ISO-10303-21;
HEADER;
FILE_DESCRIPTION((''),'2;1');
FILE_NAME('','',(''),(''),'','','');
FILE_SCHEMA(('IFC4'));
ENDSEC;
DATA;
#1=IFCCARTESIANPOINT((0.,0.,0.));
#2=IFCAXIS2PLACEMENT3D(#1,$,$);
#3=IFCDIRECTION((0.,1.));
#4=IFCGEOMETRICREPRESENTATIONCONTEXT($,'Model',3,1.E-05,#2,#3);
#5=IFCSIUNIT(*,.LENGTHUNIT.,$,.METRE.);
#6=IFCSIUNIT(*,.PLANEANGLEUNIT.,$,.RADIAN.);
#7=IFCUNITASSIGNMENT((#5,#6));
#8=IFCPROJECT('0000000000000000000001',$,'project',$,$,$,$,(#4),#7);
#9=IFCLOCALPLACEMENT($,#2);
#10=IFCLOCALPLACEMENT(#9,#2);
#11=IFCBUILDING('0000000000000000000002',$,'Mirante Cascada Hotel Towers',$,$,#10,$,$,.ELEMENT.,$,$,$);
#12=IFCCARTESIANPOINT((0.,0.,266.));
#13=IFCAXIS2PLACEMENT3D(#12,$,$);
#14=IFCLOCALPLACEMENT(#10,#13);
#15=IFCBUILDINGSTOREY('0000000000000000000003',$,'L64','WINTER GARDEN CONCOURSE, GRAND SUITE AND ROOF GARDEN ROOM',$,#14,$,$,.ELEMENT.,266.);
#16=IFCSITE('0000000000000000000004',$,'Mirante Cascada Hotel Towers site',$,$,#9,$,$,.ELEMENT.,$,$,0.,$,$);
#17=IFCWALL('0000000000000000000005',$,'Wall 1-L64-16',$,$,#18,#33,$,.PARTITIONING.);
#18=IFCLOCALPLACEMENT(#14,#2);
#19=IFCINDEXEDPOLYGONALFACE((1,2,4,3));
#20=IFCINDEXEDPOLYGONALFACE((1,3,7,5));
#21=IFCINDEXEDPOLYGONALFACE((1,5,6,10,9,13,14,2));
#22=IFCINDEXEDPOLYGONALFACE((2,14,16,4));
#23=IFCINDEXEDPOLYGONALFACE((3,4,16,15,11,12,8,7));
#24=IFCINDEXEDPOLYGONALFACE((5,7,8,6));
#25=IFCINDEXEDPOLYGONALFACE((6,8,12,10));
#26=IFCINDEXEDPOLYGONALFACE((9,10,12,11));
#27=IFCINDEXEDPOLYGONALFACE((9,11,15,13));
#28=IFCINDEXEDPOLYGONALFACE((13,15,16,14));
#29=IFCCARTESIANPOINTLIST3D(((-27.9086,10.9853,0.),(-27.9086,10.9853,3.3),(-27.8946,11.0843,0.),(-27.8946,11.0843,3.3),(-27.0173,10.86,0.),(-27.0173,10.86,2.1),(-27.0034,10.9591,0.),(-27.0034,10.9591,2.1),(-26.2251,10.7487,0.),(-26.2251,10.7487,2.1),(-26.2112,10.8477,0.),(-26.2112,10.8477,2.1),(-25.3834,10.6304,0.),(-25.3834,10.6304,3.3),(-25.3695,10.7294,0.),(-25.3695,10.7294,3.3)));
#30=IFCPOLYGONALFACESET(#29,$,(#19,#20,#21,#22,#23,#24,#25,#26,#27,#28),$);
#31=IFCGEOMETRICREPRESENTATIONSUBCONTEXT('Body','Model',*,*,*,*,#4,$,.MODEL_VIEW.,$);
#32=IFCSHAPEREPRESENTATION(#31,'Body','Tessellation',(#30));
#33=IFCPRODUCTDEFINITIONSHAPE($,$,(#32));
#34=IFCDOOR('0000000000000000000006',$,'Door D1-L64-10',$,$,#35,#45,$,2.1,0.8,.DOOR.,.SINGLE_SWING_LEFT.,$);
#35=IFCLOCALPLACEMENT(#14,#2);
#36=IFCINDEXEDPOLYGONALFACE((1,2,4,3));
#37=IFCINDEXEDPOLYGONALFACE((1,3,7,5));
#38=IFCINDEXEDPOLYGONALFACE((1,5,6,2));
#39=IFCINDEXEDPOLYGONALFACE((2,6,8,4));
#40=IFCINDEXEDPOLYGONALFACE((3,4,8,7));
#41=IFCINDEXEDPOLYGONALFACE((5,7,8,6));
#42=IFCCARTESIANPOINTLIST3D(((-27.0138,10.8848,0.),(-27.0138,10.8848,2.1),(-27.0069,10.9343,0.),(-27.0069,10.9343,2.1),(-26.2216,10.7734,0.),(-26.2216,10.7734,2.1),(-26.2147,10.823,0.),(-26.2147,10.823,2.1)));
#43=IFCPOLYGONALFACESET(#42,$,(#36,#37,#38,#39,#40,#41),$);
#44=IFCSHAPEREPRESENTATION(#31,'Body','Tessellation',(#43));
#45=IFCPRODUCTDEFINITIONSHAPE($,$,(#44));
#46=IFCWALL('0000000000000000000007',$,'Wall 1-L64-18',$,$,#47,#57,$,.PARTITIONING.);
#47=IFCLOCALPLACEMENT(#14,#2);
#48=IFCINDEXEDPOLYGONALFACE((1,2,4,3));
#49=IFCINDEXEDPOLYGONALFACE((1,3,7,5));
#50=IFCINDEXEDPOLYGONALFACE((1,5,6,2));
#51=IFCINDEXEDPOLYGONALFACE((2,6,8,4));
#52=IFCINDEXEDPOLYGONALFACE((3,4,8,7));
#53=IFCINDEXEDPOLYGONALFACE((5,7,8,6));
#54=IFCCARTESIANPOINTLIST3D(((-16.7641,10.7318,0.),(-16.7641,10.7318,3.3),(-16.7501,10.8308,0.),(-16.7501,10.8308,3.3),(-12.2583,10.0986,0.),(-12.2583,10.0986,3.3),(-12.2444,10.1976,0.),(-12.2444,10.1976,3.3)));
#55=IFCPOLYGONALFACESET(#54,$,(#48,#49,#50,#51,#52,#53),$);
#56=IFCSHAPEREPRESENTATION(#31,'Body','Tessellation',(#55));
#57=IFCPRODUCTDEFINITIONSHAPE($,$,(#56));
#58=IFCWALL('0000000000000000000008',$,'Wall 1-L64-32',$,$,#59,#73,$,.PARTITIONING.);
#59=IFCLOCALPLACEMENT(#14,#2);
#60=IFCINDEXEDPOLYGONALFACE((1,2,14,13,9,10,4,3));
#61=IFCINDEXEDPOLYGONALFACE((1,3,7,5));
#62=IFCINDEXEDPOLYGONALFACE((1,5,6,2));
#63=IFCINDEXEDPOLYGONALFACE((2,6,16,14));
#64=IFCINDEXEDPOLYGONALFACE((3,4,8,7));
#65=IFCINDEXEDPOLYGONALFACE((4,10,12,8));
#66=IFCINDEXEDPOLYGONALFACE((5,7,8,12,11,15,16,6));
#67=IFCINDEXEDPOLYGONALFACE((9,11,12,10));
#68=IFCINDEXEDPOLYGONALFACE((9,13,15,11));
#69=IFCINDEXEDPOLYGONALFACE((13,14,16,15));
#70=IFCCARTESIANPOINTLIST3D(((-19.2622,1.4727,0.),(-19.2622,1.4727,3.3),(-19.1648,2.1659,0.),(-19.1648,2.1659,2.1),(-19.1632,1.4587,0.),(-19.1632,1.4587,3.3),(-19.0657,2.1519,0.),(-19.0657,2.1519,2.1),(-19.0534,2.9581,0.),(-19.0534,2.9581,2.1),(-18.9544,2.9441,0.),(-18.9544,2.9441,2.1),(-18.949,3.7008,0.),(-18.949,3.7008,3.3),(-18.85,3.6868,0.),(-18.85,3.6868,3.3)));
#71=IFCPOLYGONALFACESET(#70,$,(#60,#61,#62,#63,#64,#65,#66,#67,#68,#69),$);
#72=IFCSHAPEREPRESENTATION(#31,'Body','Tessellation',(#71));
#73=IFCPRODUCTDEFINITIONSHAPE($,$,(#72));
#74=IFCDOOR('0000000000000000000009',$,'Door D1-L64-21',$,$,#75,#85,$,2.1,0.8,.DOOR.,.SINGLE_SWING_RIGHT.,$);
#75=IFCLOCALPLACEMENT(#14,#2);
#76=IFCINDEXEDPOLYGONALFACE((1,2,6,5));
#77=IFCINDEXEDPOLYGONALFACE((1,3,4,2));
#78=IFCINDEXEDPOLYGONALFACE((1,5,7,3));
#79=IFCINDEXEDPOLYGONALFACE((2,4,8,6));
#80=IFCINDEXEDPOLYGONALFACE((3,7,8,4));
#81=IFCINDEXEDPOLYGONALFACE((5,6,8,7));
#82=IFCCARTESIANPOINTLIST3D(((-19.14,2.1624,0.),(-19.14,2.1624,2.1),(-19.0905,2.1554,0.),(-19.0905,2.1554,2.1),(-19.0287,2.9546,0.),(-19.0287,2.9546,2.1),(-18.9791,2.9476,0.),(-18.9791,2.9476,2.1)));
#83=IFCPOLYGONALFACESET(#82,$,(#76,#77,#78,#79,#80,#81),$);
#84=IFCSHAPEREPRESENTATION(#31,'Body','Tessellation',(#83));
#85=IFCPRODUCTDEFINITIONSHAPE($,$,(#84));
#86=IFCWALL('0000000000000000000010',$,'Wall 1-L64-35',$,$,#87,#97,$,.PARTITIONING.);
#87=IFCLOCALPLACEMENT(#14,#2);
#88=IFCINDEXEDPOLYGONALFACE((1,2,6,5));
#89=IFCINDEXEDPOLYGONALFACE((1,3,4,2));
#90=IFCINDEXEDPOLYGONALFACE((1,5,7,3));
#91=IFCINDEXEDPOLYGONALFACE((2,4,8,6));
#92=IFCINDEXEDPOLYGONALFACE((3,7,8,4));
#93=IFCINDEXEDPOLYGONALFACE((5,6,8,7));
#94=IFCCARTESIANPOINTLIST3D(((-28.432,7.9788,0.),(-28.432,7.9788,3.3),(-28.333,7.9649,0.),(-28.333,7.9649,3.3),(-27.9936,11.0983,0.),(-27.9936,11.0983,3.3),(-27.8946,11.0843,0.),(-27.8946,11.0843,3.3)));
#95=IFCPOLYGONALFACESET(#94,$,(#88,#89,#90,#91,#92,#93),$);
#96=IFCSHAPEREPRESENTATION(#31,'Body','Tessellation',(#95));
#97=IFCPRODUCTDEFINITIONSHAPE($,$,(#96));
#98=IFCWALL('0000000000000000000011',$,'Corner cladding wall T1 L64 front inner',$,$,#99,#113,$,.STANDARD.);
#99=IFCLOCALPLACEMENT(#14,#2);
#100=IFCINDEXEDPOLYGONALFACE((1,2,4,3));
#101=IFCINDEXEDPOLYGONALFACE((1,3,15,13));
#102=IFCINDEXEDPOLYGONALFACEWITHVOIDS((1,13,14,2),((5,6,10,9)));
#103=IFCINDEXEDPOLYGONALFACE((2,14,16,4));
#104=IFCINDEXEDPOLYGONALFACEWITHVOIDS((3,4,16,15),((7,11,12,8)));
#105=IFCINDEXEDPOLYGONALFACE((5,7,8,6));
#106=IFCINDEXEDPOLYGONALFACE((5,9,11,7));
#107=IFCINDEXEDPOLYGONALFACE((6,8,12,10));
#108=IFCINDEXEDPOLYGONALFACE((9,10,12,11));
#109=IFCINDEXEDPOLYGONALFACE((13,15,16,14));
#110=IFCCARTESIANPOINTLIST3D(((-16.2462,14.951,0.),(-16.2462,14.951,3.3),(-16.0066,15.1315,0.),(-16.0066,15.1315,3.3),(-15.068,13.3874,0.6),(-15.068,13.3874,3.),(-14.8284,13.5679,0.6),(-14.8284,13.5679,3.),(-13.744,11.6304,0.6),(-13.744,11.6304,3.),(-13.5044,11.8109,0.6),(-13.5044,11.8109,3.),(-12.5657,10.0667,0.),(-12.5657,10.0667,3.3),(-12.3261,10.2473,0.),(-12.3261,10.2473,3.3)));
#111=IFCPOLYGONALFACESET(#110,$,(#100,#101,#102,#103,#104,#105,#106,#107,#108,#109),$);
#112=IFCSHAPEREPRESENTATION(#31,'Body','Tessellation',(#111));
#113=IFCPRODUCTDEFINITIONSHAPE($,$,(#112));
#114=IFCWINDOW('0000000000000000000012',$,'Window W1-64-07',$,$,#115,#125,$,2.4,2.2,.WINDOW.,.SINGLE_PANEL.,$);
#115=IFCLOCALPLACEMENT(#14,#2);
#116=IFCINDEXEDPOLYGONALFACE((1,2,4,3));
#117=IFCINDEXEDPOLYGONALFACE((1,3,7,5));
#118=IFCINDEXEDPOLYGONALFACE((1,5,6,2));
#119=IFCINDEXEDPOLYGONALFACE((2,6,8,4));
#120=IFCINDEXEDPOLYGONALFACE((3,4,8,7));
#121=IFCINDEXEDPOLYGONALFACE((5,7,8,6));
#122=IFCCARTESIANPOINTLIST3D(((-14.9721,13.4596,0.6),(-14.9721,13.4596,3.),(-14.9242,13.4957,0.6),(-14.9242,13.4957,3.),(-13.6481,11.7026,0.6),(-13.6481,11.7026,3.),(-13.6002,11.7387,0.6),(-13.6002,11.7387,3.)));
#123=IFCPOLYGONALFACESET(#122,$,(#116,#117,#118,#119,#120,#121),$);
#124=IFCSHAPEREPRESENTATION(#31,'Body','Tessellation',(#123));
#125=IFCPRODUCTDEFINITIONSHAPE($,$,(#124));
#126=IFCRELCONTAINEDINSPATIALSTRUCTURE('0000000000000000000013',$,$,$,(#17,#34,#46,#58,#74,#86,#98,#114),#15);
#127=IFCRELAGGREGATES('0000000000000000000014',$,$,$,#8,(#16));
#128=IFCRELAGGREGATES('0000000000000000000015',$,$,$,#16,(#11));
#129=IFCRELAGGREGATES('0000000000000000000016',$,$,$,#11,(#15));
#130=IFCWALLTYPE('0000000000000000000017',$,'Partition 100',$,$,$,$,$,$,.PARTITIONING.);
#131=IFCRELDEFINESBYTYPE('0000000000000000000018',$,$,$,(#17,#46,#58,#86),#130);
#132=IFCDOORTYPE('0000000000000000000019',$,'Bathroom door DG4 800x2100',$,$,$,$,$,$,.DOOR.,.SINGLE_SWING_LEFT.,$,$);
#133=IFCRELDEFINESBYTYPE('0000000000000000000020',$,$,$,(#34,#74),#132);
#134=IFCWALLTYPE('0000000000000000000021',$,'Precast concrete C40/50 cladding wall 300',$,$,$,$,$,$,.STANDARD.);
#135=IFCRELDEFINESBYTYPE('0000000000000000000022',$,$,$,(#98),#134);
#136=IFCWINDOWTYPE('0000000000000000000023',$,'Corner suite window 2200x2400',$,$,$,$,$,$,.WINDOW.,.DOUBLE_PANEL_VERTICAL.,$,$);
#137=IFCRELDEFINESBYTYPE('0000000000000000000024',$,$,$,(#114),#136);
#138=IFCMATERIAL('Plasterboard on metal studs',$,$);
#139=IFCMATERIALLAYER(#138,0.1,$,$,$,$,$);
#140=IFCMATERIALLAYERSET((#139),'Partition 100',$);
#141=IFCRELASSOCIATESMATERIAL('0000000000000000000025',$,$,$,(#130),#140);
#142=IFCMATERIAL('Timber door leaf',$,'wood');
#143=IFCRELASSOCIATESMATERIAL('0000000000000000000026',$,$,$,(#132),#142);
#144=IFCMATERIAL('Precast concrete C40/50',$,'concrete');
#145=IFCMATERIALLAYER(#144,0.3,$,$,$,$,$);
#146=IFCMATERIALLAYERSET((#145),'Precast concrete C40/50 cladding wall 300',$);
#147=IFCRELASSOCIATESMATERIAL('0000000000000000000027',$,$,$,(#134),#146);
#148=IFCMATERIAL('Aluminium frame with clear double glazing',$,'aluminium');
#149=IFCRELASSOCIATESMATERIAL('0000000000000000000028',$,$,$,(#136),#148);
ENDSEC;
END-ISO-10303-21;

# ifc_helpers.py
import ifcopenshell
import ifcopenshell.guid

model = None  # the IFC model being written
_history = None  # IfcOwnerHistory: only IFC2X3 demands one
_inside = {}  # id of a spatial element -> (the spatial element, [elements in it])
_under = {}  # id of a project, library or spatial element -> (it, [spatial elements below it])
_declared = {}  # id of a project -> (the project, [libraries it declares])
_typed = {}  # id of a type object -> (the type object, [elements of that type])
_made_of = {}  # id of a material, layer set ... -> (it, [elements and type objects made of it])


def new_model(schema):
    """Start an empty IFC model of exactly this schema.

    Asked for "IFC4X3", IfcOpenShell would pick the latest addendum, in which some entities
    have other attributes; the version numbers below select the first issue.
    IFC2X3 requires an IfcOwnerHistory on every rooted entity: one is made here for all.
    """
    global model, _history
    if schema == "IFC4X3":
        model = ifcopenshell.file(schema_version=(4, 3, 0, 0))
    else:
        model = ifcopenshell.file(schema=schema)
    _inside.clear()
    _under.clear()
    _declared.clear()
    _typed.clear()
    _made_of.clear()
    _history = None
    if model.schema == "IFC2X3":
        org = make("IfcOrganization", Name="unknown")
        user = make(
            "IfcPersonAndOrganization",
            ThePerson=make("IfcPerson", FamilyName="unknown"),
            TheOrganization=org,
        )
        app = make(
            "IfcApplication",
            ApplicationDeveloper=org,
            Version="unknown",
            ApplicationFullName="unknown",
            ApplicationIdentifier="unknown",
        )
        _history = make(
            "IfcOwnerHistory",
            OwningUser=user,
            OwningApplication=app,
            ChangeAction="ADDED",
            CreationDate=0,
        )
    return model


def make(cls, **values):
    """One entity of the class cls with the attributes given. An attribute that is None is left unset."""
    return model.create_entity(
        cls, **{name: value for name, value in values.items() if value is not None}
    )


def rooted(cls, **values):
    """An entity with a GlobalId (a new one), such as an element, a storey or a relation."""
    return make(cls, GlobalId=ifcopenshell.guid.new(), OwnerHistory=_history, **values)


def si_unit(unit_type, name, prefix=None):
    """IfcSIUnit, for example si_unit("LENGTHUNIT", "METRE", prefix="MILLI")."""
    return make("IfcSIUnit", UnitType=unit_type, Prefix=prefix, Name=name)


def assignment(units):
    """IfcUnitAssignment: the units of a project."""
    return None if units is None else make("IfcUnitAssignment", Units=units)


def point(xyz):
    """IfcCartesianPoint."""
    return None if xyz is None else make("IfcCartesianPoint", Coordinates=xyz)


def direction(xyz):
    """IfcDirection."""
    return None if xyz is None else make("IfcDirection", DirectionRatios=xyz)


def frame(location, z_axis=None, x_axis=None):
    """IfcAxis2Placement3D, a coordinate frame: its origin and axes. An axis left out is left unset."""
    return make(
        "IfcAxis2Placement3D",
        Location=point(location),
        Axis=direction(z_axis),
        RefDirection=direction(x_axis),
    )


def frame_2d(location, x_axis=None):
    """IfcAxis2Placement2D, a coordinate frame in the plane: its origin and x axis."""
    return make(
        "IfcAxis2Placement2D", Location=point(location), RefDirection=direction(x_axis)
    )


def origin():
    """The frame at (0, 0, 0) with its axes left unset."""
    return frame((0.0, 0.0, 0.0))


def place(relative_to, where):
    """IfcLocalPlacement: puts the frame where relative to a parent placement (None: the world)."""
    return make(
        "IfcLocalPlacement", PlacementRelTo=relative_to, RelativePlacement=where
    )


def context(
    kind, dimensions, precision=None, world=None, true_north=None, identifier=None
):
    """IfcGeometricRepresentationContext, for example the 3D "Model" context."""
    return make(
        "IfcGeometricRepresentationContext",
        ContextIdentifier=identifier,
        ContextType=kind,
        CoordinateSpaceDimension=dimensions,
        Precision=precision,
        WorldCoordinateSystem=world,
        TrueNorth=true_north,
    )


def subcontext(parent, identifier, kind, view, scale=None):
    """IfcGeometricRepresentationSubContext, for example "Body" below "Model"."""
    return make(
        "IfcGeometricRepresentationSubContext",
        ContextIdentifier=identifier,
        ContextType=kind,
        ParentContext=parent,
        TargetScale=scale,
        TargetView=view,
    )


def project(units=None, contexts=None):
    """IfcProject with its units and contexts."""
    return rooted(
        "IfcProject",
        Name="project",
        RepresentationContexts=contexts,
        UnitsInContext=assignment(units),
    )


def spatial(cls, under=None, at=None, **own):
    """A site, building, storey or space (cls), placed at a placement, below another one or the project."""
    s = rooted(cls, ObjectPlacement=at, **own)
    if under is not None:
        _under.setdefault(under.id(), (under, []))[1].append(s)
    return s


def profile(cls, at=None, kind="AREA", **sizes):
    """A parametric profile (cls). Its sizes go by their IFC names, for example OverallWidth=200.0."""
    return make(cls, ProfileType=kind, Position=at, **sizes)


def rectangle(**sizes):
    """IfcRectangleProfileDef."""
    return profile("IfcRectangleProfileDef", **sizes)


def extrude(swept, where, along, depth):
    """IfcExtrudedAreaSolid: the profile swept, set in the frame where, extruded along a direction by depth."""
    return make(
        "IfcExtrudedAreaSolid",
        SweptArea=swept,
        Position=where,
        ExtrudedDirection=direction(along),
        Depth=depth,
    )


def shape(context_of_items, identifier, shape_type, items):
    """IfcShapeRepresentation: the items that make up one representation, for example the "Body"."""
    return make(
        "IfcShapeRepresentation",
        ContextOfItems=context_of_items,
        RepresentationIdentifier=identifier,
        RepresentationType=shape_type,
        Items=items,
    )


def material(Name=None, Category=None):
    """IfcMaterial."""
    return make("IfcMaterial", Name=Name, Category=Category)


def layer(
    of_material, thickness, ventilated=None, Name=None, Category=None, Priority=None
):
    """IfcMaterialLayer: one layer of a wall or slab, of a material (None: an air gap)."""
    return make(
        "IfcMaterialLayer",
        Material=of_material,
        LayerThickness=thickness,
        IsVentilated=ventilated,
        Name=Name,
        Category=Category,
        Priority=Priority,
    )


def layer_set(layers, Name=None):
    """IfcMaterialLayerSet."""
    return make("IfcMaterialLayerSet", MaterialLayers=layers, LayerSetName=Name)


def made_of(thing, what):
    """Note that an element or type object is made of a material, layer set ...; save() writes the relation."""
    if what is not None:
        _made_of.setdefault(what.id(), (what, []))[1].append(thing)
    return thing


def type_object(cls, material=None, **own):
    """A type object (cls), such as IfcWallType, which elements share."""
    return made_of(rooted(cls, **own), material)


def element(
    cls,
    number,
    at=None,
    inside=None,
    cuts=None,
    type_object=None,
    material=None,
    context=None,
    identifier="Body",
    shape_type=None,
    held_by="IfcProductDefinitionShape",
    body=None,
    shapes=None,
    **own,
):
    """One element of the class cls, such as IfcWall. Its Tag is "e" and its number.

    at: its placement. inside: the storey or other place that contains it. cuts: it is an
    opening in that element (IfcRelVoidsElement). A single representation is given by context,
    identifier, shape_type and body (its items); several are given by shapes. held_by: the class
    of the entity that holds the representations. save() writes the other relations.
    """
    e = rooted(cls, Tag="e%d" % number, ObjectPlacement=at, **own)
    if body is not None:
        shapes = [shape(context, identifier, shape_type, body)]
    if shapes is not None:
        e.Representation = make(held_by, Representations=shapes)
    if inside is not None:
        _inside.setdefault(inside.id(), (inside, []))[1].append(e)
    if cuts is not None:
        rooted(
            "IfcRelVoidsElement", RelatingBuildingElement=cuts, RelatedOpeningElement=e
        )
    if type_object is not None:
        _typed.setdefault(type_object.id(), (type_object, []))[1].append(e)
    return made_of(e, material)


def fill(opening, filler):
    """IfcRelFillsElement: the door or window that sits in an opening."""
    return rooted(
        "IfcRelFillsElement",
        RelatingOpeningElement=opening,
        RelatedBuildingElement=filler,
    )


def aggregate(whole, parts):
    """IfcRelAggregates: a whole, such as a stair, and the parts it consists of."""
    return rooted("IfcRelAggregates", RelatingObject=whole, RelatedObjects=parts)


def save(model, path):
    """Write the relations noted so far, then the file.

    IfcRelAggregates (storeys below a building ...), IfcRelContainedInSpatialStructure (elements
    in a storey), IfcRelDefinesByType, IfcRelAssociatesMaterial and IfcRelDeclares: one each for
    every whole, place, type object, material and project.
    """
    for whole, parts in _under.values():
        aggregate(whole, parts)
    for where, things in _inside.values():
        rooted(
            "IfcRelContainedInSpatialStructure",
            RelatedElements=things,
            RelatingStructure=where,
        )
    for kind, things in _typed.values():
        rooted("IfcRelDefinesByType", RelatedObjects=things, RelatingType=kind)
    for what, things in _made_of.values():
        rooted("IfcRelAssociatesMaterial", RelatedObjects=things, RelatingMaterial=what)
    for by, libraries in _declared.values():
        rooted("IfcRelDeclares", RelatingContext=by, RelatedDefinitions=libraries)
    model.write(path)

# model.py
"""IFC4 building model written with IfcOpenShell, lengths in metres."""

from ifc_helpers import new_model, si_unit, direction, frame, frame_2d, origin, place, context, subcontext, project, spatial, rectangle, extrude, material, layer, layer_set, type_object, element, fill, save


model = new_model("IFC4")

# Units and contexts
model_context = context("Model", 3, precision=1e-05, world=origin(), true_north=direction((0.0, 1.0)))
body_context = subcontext(model_context, "Body", "Model", "MODEL_VIEW")
ifc_project = project(units=[si_unit("LENGTHUNIT", "METRE"), si_unit("PLANEANGLEUNIT", "RADIAN")], contexts=[model_context])

# Site, building, storey
site_placement = place(None, origin())
site = spatial("IfcSite", under=ifc_project, at=site_placement, Name="Mirante Cascada Hotel Towers site", CompositionType="ELEMENT", RefElevation=0.0)
building_placement = place(site_placement, origin())
building = spatial("IfcBuilding", under=site, at=building_placement, Name="Mirante Cascada Hotel Towers", CompositionType="ELEMENT")
storey_placement = place(building_placement, frame((0.0, 0.0, 266.0)))
storey = spatial("IfcBuildingStorey", under=building, at=storey_placement, Name="L64", Description="WINTER GARDEN CONCOURSE, GRAND SUITE AND ROOF GARDEN ROOM", CompositionType="ELEMENT", Elevation=266.0)

# Shared definitions
ifc_material_1 = material(Name="Plasterboard on metal studs")
ifc_layer_1 = layer(ifc_material_1, 0.1)
ifc_layer_set_1 = layer_set([ifc_layer_1], Name="Partition 100")
wall_type_1 = type_object("IfcWallType", Name="Partition 100", PredefinedType="PARTITIONING", material=ifc_layer_set_1)

# Wall, opening, door
wall_1_placement = place(storey_placement, frame((-27.9016, 11.0348, 0.0), z_axis=(0.0, 0.0, 1.0), x_axis=(0.990268, -0.139176, 0.0)))
wall_1 = element("IfcWall", 1, at=wall_1_placement, inside=storey, type_object=wall_type_1, Name="Wall 1-L64-16", PredefinedType="PARTITIONING", context=body_context, shape_type="SweptSolid", body=[
    extrude(rectangle(XDim=2.55, YDim=0.1, at=frame_2d((1.275, 0.0))), origin(), (0.0, 0.0, 1.0), 3.3),
])
opening_1_placement = place(wall_1_placement, frame((0.9, 0.0, 0.0)))
opening_1 = element("IfcOpeningElement", 2, at=opening_1_placement, cuts=wall_1, PredefinedType="OPENING", context=body_context, shape_type="SweptSolid", body=[
    extrude(rectangle(XDim=0.8, YDim=2.1, at=frame_2d((0.4, 1.05))), frame((0.0, 0.05, 0.0), z_axis=(0.0, -1.0, 0.0), x_axis=(1.0, 0.0, 0.0)), (0.0, 0.0, 1.0), 0.1),
])
ifc_material_2 = material(Name="Timber door leaf", Category="wood")
door_type = type_object("IfcDoorType", Name="Bathroom door DG4 800x2100", OperationType="SINGLE_SWING_LEFT", PredefinedType="DOOR", material=ifc_material_2)
door_1_placement = place(opening_1_placement, origin())
door_1 = element("IfcDoor", 3, at=door_1_placement, inside=storey, type_object=door_type, Name="Door D1-L64-10", OperationType="SINGLE_SWING_LEFT", OverallHeight=2.1, OverallWidth=0.8, PredefinedType="DOOR", context=body_context, shape_type="SweptSolid", body=[
    extrude(rectangle(XDim=0.8, YDim=2.1, at=frame_2d((0.4, 1.05))), frame((0.0, 0.025, 0.0), z_axis=(0.0, -1.0, 0.0), x_axis=(1.0, 0.0, 0.0)), (0.0, 0.0, 1.0), 0.05),
])
fill(opening_1, door_1)

# Wall
wall_2_placement = place(storey_placement, frame((-16.7571, 10.7813, 0.0), z_axis=(0.0, 0.0, 1.0), x_axis=(0.990269, -0.139166, 0.0)))
element("IfcWall", 4, at=wall_2_placement, inside=storey, type_object=wall_type_1, Name="Wall 1-L64-18", PredefinedType="PARTITIONING", context=body_context, shape_type="SweptSolid", body=[
    extrude(rectangle(XDim=4.55, YDim=0.1, at=frame_2d((2.275, 0.0))), origin(), (0.0, 0.0, 1.0), 3.3),
])

# Wall, opening, door
wall_3_placement = place(storey_placement, frame((-18.8995, 3.6938, 0.0), z_axis=(0.0, 0.0, 1.0), x_axis=(-0.1392, -0.990264, 0.0)))
wall_3 = element("IfcWall", 5, at=wall_3_placement, inside=storey, type_object=wall_type_1, Name="Wall 1-L64-32", PredefinedType="PARTITIONING", context=body_context, shape_type="SweptSolid", body=[
    extrude(rectangle(XDim=2.25, YDim=0.1, at=frame_2d((1.125, 0.0))), origin(), (0.0, 0.0, 1.0), 3.3),
])
opening_2_placement = place(wall_3_placement, frame((0.75, 0.0, 0.0)))
opening_2 = element("IfcOpeningElement", 6, at=opening_2_placement, cuts=wall_3, PredefinedType="OPENING", context=body_context, shape_type="SweptSolid", body=[
    extrude(rectangle(XDim=0.8, YDim=2.1, at=frame_2d((0.4, 1.05))), frame((0.0, 0.05, 0.0), z_axis=(0.0, -1.0, 0.0), x_axis=(1.0, 0.0, 0.0)), (0.0, 0.0, 1.0), 0.1),
])
door_2_placement = place(opening_2_placement, frame((0.8, 0.0, 0.0), z_axis=(0.0, 0.0, 1.0), x_axis=(-1.0, 0.0, 0.0)))
door_2 = element("IfcDoor", 7, at=door_2_placement, inside=storey, type_object=door_type, Name="Door D1-L64-21", OperationType="SINGLE_SWING_RIGHT", OverallHeight=2.1, OverallWidth=0.8, PredefinedType="DOOR", context=body_context, shape_type="SweptSolid", body=[
    extrude(rectangle(XDim=0.8, YDim=2.1, at=frame_2d((0.4, 1.05))), frame((0.0, 0.025, 0.0), z_axis=(0.0, -1.0, 0.0), x_axis=(1.0, 0.0, 0.0)), (0.0, 0.0, 1.0), 0.05),
])
fill(opening_2, door_2)

# Wall
wall_4_placement = place(storey_placement, frame((-28.3825, 7.9719, 0.0), z_axis=(0.0, 0.0, 1.0), x_axis=(0.139172, 0.990268, 0.0)))
element("IfcWall", 8, at=wall_4_placement, inside=storey, type_object=wall_type_1, Name="Wall 1-L64-35", PredefinedType="PARTITIONING", context=body_context, shape_type="SweptSolid", body=[
    extrude(rectangle(XDim=3.1501, YDim=0.1, at=frame_2d((1.575, 0.0))), origin(), (0.0, 0.0, 1.0), 3.3),
])

# Wall, opening, window
ifc_material_3 = material(Name="Precast concrete C40/50", Category="concrete")
ifc_layer_2 = layer(ifc_material_3, 0.3)
ifc_layer_set_2 = layer_set([ifc_layer_2], Name="Precast concrete C40/50 cladding wall 300")
wall_type_2 = type_object("IfcWallType", Name="Precast concrete C40/50 cladding wall 300", PredefinedType="STANDARD", material=ifc_layer_set_2)
wall_5_placement = place(storey_placement, frame((-16.1264, 15.0412, 0.0), z_axis=(0.0, 0.0, 1.0), x_axis=(0.601814, -0.798636, 0.0)))
wall_5 = element("IfcWall", 9, at=wall_5_placement, inside=storey, type_object=wall_type_2, Name="Corner cladding wall T1 L64 front inner", PredefinedType="STANDARD", context=body_context, shape_type="SweptSolid", body=[
    extrude(rectangle(XDim=6.1157, YDim=0.3, at=frame_2d((3.0578, 0.0))), origin(), (0.0, 0.0, 1.0), 3.3),
])
opening_3_placement = place(wall_5_placement, frame((1.9578, 0.0, 0.6)))
opening_3 = element("IfcOpeningElement", 10, at=opening_3_placement, cuts=wall_5, PredefinedType="OPENING", context=body_context, shape_type="SweptSolid", body=[
    extrude(rectangle(XDim=2.2, YDim=2.4, at=frame_2d((1.1, 1.2))), frame((0.0, 0.15, 0.0), z_axis=(0.0, -1.0, 0.0), x_axis=(1.0, 0.0, 0.0)), (0.0, 0.0, 1.0), 0.3),
])
ifc_material_4 = material(Name="Aluminium frame with clear double glazing", Category="aluminium")
window_type = type_object("IfcWindowType", Name="Corner suite window 2200x2400", PartitioningType="DOUBLE_PANEL_VERTICAL", PredefinedType="WINDOW", material=ifc_material_4)
window_placement = place(opening_3_placement, origin())
window = element("IfcWindow", 11, at=window_placement, inside=storey, type_object=window_type, Name="Window W1-64-07", OverallHeight=2.4, OverallWidth=2.2, PartitioningType="SINGLE_PANEL", PredefinedType="WINDOW", context=body_context, shape_type="SweptSolid", body=[
    extrude(rectangle(XDim=2.2, YDim=2.4, at=frame_2d((1.1, 1.2))), frame((0.0, 0.03, 0.0), z_axis=(0.0, -1.0, 0.0), x_axis=(1.0, 0.0, 0.0)), (0.0, 0.0, 1.0), 0.06),
])
fill(opening_3, window)

save(model, "model.ifc")
